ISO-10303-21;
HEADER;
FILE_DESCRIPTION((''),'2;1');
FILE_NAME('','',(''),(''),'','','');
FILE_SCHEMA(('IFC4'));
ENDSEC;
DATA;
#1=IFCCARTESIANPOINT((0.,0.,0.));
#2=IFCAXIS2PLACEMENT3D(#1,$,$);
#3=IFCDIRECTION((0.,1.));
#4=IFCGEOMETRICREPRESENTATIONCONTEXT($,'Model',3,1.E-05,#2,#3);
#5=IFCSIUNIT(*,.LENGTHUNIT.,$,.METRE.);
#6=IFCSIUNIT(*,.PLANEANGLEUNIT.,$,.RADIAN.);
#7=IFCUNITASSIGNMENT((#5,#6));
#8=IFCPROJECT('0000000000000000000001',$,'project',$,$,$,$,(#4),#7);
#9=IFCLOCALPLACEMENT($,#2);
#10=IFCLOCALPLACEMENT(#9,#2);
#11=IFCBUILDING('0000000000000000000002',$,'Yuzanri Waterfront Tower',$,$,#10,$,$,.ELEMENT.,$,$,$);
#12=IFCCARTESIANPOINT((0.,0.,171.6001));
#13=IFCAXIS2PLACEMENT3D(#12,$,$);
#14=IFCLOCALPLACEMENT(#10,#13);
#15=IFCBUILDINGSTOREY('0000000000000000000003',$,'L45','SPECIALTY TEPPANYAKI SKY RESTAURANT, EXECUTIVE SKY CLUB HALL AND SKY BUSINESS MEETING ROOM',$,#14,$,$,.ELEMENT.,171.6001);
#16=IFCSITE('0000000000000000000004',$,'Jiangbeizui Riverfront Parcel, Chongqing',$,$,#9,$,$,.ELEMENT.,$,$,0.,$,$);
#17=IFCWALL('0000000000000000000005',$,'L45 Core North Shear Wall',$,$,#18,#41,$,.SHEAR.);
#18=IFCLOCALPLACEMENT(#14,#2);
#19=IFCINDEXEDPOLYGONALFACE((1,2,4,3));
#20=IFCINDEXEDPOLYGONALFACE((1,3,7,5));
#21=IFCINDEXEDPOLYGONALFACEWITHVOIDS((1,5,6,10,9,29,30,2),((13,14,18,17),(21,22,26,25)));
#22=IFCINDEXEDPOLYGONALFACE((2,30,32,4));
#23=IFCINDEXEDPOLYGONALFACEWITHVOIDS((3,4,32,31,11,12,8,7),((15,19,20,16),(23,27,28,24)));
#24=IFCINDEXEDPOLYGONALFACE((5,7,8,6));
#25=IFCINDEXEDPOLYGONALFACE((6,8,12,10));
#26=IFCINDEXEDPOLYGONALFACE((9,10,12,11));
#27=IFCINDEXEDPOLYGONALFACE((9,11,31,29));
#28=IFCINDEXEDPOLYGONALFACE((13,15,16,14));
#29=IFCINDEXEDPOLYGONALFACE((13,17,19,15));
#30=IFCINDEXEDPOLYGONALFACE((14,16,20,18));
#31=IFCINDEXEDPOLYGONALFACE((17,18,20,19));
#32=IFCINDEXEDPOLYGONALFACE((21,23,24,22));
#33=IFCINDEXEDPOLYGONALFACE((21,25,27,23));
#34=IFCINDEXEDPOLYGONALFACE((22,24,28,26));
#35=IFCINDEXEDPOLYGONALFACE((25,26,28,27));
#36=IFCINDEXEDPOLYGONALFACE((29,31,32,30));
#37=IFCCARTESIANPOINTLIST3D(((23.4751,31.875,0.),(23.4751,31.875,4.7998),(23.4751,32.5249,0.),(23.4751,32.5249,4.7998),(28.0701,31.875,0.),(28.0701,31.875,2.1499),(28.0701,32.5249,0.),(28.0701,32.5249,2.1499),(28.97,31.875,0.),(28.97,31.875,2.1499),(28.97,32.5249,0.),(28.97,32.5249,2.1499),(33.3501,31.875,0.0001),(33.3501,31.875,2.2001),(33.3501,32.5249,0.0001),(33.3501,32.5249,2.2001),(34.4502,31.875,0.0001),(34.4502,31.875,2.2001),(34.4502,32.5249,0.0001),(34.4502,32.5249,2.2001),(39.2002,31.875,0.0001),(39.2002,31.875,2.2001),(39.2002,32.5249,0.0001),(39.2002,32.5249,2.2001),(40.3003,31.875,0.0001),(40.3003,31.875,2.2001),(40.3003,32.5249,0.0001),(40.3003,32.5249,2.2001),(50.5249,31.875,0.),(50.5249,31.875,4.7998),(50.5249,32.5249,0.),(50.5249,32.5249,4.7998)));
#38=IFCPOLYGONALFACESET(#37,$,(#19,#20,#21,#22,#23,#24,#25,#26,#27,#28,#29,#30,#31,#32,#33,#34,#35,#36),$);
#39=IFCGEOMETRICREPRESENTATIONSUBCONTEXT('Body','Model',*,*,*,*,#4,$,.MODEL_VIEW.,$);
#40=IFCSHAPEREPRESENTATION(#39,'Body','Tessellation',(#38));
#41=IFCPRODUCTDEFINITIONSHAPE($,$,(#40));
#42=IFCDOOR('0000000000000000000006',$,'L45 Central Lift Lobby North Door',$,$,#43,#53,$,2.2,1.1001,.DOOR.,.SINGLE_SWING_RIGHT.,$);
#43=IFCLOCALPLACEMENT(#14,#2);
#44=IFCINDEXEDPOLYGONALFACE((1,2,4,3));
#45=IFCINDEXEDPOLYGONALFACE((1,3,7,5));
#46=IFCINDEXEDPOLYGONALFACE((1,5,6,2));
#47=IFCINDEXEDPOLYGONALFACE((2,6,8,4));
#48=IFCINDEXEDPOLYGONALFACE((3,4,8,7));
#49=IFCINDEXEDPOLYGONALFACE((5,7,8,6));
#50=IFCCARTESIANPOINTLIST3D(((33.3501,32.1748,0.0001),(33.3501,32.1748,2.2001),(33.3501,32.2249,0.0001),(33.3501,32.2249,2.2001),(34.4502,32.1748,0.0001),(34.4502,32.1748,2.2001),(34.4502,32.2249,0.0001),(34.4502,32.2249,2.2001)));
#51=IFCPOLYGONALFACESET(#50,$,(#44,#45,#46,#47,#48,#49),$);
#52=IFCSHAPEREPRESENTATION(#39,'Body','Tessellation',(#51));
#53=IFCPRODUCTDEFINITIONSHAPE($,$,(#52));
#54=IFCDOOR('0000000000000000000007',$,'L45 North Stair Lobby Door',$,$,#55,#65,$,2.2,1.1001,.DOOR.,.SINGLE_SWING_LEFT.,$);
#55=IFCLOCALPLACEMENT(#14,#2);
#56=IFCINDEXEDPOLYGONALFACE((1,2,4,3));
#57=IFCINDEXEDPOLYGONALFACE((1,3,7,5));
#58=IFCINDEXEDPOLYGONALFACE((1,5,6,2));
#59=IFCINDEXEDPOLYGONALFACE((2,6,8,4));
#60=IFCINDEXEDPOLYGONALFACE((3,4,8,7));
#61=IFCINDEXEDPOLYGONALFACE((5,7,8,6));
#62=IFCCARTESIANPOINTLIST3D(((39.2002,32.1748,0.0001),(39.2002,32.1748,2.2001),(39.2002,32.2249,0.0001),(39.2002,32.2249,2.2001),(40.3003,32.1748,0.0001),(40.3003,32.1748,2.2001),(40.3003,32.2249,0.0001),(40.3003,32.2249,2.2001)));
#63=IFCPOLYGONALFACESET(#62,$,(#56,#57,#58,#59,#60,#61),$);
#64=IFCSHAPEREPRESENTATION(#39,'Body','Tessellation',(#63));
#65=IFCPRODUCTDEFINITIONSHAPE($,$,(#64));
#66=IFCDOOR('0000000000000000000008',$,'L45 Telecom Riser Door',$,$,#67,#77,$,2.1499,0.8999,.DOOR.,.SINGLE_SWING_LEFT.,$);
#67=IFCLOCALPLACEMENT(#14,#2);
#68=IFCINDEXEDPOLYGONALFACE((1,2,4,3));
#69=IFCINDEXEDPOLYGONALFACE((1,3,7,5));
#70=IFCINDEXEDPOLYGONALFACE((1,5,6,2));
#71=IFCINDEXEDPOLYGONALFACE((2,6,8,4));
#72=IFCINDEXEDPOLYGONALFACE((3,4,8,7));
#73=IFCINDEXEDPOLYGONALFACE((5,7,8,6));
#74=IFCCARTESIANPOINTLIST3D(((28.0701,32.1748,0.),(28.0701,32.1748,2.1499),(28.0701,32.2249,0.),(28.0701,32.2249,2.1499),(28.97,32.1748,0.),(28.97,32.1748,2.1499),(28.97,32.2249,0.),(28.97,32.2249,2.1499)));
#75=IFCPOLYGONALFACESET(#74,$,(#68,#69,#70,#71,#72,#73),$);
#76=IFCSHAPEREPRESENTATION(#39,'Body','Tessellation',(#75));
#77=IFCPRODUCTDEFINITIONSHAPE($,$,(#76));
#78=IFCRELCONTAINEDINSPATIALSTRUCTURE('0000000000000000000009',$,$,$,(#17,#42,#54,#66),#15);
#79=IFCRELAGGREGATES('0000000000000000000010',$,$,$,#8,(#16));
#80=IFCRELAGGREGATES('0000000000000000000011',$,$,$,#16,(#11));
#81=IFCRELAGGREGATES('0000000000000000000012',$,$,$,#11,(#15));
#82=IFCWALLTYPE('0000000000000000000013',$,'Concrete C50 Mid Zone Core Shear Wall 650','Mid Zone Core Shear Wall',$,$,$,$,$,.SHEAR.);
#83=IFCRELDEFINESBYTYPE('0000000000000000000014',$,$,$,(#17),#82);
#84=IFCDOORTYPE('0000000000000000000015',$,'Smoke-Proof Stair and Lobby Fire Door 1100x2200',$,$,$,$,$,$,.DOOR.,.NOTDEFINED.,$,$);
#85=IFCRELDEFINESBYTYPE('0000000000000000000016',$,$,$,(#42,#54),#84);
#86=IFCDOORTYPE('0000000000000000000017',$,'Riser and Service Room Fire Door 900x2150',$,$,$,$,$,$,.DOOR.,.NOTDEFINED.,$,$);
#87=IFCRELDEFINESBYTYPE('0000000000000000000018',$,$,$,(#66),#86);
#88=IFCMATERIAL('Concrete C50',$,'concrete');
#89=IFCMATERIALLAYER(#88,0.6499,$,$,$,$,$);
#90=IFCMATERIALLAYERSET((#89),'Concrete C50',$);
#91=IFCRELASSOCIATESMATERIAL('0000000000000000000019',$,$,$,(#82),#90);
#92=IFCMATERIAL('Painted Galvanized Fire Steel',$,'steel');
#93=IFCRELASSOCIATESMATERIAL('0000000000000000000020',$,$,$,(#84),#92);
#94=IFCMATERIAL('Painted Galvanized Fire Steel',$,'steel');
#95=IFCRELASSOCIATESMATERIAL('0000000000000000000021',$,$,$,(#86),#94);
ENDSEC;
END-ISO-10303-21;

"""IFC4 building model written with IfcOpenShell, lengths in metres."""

from ifc_helpers import new_model, si_unit, direction, frame, frame_2d, origin, place, context, subcontext, project, spatial, rectangle, extrude, source, transform, mapped, material, layer, layer_set, type_object, element, fill, save


model = new_model("IFC4")

# Units and contexts
model_context = context("Model", 3, precision=1e-05, world=origin(), true_north=direction((0.0, 1.0)))
body_context = subcontext(model_context, "Body", "Model", "MODEL_VIEW")
ifc_project = project(units=[si_unit("LENGTHUNIT", "METRE"), si_unit("PLANEANGLEUNIT", "RADIAN")], contexts=[model_context])

# Site, building, storey
site_placement = place(None, origin())
site = spatial("IfcSite", under=ifc_project, at=site_placement, Name="Jiangbeizui Riverfront Parcel, Chongqing", CompositionType="ELEMENT", RefElevation=0.0)
building_placement = place(site_placement, origin())
building = spatial("IfcBuilding", under=site, at=building_placement, Name="Yuzanri Waterfront Tower", CompositionType="ELEMENT")
storey_placement = place(building_placement, frame((0.0, 0.0, 171.6001)))
storey = spatial("IfcBuildingStorey", under=building, at=storey_placement, Name="L45", Description="SPECIALTY TEPPANYAKI SKY RESTAURANT, EXECUTIVE SKY CLUB HALL AND SKY BUSINESS MEETING ROOM", CompositionType="ELEMENT", Elevation=171.6001)

# Wall, openings, doors
ifc_material_1 = material(Name="Concrete C50", Category="concrete")
ifc_layer_1 = layer(ifc_material_1, 0.6499)
ifc_layer_set_1 = layer_set([ifc_layer_1], Name="Concrete C50")
wall_type = type_object("IfcWallType", Name="Concrete C50 Mid Zone Core Shear Wall 650", Description="Mid Zone Core Shear Wall", PredefinedType="SHEAR", material=ifc_layer_set_1)
wall_placement = place(storey_placement, frame((23.4751, 32.2, 0.0), z_axis=(0.0, 0.0, 1.0), x_axis=(1.0, 0.0, 0.0)))
wall = element("IfcWall", 1, at=wall_placement, inside=storey, type_object=wall_type, Name="L45 Core North Shear Wall", PredefinedType="SHEAR", context=body_context, shape_type="SweptSolid", body=[
    extrude(rectangle(XDim=27.0498, YDim=0.6499, at=frame_2d((13.5249, 0.0))), origin(), (0.0, 0.0, 1.0), 4.7998),
])
opening_1_placement = place(wall_placement, frame((4.595, 0.0, 0.0)))
opening_1 = element("IfcOpeningElement", 2, at=opening_1_placement, cuts=wall, PredefinedType="OPENING", context=body_context, shape_type="SweptSolid", body=[
    extrude(rectangle(XDim=0.8999, YDim=2.1499, at=frame_2d((0.45, 1.075))), frame((0.0, 0.3398, 0.0), z_axis=(0.0, -1.0, 0.0), x_axis=(1.0, 0.0, 0.0)), (0.0, 0.0, 1.0), 0.6797),
])
opening_2_placement = place(wall_placement, frame((9.875, 0.0, 0.0)))
opening_2 = element("IfcOpeningElement", 3, at=opening_2_placement, cuts=wall, PredefinedType="OPENING", context=body_context, shape_type="SweptSolid", body=[
    extrude(rectangle(XDim=1.1001, YDim=2.2, at=frame_2d((0.55, 1.1001))), frame((0.0, 0.3398, 0.0), z_axis=(0.0, -1.0, 0.0), x_axis=(1.0, 0.0, 0.0)), (0.0, 0.0, 1.0), 0.6797),
])
opening_3_placement = place(wall_placement, frame((15.7251, 0.0, 0.0)))
opening_3 = element("IfcOpeningElement", 4, at=opening_3_placement, cuts=wall, PredefinedType="OPENING", context=body_context, shape_type="SweptSolid", body=[
    extrude(rectangle(XDim=1.1001, YDim=2.2, at=frame_2d((0.55, 1.1001))), frame((0.0, 0.3398, 0.0), z_axis=(0.0, -1.0, 0.0), x_axis=(1.0, 0.0, 0.0)), (0.0, 0.0, 1.0), 0.6797),
])
ifc_material_2 = material(Name="Painted Galvanized Fire Steel", Category="steel")
door_type_1 = type_object("IfcDoorType", Name="Smoke-Proof Stair and Lobby Fire Door 1100x2200", OperationType="NOTDEFINED", PredefinedType="DOOR", material=ifc_material_2)
shared_shape_1 = source(origin(), body_context, "Body", "SweptSolid", [
    extrude(rectangle(XDim=1.1001, YDim=2.2, at=frame_2d((0.55, 1.1001))), frame((0.0, 0.0249, 0.0), z_axis=(0.0, -1.0, 0.0), x_axis=(1.0, 0.0, 0.0)), (0.0, 0.0, 1.0), 0.05),
])
door_1_placement = place(opening_2_placement, origin())
door_1 = element("IfcDoor", 5, at=door_1_placement, inside=storey, type_object=door_type_1, Name="L45 Central Lift Lobby North Door", OperationType="SINGLE_SWING_RIGHT", OverallHeight=2.2, OverallWidth=1.1001, PredefinedType="DOOR", context=body_context, shape_type="MappedRepresentation", body=[
    mapped(shared_shape_1, transform((0.0, 0.0, 0.0), scale=1.0)),
])
fill(opening_2, door_1)
door_2_placement = place(opening_3_placement, origin())
door_2 = element("IfcDoor", 6, at=door_2_placement, inside=storey, type_object=door_type_1, Name="L45 North Stair Lobby Door", OperationType="SINGLE_SWING_LEFT", OverallHeight=2.2, OverallWidth=1.1001, PredefinedType="DOOR", context=body_context, shape_type="MappedRepresentation", body=[
    mapped(shared_shape_1, transform((0.0, 0.0, 0.0), scale=1.0)),
])
fill(opening_3, door_2)
ifc_material_3 = material(Name="Painted Galvanized Fire Steel", Category="steel")
door_type_2 = type_object("IfcDoorType", Name="Riser and Service Room Fire Door 900x2150", OperationType="NOTDEFINED", PredefinedType="DOOR", material=ifc_material_3)
shared_shape_2 = source(origin(), body_context, "Body", "SweptSolid", [
    extrude(rectangle(XDim=0.8999, YDim=2.1499, at=frame_2d((0.45, 1.075))), frame((0.0, 0.0249, 0.0), z_axis=(0.0, -1.0, 0.0), x_axis=(1.0, 0.0, 0.0)), (0.0, 0.0, 1.0), 0.05),
])
door_3_placement = place(opening_1_placement, origin())
door_3 = element("IfcDoor", 7, at=door_3_placement, inside=storey, type_object=door_type_2, Name="L45 Telecom Riser Door", OperationType="SINGLE_SWING_LEFT", OverallHeight=2.1499, OverallWidth=0.8999, PredefinedType="DOOR", context=body_context, shape_type="MappedRepresentation", body=[
    mapped(shared_shape_2, transform((0.0, 0.0, 0.0), scale=1.0)),
])
fill(opening_1, door_3)

save(model, "model.ifc")
